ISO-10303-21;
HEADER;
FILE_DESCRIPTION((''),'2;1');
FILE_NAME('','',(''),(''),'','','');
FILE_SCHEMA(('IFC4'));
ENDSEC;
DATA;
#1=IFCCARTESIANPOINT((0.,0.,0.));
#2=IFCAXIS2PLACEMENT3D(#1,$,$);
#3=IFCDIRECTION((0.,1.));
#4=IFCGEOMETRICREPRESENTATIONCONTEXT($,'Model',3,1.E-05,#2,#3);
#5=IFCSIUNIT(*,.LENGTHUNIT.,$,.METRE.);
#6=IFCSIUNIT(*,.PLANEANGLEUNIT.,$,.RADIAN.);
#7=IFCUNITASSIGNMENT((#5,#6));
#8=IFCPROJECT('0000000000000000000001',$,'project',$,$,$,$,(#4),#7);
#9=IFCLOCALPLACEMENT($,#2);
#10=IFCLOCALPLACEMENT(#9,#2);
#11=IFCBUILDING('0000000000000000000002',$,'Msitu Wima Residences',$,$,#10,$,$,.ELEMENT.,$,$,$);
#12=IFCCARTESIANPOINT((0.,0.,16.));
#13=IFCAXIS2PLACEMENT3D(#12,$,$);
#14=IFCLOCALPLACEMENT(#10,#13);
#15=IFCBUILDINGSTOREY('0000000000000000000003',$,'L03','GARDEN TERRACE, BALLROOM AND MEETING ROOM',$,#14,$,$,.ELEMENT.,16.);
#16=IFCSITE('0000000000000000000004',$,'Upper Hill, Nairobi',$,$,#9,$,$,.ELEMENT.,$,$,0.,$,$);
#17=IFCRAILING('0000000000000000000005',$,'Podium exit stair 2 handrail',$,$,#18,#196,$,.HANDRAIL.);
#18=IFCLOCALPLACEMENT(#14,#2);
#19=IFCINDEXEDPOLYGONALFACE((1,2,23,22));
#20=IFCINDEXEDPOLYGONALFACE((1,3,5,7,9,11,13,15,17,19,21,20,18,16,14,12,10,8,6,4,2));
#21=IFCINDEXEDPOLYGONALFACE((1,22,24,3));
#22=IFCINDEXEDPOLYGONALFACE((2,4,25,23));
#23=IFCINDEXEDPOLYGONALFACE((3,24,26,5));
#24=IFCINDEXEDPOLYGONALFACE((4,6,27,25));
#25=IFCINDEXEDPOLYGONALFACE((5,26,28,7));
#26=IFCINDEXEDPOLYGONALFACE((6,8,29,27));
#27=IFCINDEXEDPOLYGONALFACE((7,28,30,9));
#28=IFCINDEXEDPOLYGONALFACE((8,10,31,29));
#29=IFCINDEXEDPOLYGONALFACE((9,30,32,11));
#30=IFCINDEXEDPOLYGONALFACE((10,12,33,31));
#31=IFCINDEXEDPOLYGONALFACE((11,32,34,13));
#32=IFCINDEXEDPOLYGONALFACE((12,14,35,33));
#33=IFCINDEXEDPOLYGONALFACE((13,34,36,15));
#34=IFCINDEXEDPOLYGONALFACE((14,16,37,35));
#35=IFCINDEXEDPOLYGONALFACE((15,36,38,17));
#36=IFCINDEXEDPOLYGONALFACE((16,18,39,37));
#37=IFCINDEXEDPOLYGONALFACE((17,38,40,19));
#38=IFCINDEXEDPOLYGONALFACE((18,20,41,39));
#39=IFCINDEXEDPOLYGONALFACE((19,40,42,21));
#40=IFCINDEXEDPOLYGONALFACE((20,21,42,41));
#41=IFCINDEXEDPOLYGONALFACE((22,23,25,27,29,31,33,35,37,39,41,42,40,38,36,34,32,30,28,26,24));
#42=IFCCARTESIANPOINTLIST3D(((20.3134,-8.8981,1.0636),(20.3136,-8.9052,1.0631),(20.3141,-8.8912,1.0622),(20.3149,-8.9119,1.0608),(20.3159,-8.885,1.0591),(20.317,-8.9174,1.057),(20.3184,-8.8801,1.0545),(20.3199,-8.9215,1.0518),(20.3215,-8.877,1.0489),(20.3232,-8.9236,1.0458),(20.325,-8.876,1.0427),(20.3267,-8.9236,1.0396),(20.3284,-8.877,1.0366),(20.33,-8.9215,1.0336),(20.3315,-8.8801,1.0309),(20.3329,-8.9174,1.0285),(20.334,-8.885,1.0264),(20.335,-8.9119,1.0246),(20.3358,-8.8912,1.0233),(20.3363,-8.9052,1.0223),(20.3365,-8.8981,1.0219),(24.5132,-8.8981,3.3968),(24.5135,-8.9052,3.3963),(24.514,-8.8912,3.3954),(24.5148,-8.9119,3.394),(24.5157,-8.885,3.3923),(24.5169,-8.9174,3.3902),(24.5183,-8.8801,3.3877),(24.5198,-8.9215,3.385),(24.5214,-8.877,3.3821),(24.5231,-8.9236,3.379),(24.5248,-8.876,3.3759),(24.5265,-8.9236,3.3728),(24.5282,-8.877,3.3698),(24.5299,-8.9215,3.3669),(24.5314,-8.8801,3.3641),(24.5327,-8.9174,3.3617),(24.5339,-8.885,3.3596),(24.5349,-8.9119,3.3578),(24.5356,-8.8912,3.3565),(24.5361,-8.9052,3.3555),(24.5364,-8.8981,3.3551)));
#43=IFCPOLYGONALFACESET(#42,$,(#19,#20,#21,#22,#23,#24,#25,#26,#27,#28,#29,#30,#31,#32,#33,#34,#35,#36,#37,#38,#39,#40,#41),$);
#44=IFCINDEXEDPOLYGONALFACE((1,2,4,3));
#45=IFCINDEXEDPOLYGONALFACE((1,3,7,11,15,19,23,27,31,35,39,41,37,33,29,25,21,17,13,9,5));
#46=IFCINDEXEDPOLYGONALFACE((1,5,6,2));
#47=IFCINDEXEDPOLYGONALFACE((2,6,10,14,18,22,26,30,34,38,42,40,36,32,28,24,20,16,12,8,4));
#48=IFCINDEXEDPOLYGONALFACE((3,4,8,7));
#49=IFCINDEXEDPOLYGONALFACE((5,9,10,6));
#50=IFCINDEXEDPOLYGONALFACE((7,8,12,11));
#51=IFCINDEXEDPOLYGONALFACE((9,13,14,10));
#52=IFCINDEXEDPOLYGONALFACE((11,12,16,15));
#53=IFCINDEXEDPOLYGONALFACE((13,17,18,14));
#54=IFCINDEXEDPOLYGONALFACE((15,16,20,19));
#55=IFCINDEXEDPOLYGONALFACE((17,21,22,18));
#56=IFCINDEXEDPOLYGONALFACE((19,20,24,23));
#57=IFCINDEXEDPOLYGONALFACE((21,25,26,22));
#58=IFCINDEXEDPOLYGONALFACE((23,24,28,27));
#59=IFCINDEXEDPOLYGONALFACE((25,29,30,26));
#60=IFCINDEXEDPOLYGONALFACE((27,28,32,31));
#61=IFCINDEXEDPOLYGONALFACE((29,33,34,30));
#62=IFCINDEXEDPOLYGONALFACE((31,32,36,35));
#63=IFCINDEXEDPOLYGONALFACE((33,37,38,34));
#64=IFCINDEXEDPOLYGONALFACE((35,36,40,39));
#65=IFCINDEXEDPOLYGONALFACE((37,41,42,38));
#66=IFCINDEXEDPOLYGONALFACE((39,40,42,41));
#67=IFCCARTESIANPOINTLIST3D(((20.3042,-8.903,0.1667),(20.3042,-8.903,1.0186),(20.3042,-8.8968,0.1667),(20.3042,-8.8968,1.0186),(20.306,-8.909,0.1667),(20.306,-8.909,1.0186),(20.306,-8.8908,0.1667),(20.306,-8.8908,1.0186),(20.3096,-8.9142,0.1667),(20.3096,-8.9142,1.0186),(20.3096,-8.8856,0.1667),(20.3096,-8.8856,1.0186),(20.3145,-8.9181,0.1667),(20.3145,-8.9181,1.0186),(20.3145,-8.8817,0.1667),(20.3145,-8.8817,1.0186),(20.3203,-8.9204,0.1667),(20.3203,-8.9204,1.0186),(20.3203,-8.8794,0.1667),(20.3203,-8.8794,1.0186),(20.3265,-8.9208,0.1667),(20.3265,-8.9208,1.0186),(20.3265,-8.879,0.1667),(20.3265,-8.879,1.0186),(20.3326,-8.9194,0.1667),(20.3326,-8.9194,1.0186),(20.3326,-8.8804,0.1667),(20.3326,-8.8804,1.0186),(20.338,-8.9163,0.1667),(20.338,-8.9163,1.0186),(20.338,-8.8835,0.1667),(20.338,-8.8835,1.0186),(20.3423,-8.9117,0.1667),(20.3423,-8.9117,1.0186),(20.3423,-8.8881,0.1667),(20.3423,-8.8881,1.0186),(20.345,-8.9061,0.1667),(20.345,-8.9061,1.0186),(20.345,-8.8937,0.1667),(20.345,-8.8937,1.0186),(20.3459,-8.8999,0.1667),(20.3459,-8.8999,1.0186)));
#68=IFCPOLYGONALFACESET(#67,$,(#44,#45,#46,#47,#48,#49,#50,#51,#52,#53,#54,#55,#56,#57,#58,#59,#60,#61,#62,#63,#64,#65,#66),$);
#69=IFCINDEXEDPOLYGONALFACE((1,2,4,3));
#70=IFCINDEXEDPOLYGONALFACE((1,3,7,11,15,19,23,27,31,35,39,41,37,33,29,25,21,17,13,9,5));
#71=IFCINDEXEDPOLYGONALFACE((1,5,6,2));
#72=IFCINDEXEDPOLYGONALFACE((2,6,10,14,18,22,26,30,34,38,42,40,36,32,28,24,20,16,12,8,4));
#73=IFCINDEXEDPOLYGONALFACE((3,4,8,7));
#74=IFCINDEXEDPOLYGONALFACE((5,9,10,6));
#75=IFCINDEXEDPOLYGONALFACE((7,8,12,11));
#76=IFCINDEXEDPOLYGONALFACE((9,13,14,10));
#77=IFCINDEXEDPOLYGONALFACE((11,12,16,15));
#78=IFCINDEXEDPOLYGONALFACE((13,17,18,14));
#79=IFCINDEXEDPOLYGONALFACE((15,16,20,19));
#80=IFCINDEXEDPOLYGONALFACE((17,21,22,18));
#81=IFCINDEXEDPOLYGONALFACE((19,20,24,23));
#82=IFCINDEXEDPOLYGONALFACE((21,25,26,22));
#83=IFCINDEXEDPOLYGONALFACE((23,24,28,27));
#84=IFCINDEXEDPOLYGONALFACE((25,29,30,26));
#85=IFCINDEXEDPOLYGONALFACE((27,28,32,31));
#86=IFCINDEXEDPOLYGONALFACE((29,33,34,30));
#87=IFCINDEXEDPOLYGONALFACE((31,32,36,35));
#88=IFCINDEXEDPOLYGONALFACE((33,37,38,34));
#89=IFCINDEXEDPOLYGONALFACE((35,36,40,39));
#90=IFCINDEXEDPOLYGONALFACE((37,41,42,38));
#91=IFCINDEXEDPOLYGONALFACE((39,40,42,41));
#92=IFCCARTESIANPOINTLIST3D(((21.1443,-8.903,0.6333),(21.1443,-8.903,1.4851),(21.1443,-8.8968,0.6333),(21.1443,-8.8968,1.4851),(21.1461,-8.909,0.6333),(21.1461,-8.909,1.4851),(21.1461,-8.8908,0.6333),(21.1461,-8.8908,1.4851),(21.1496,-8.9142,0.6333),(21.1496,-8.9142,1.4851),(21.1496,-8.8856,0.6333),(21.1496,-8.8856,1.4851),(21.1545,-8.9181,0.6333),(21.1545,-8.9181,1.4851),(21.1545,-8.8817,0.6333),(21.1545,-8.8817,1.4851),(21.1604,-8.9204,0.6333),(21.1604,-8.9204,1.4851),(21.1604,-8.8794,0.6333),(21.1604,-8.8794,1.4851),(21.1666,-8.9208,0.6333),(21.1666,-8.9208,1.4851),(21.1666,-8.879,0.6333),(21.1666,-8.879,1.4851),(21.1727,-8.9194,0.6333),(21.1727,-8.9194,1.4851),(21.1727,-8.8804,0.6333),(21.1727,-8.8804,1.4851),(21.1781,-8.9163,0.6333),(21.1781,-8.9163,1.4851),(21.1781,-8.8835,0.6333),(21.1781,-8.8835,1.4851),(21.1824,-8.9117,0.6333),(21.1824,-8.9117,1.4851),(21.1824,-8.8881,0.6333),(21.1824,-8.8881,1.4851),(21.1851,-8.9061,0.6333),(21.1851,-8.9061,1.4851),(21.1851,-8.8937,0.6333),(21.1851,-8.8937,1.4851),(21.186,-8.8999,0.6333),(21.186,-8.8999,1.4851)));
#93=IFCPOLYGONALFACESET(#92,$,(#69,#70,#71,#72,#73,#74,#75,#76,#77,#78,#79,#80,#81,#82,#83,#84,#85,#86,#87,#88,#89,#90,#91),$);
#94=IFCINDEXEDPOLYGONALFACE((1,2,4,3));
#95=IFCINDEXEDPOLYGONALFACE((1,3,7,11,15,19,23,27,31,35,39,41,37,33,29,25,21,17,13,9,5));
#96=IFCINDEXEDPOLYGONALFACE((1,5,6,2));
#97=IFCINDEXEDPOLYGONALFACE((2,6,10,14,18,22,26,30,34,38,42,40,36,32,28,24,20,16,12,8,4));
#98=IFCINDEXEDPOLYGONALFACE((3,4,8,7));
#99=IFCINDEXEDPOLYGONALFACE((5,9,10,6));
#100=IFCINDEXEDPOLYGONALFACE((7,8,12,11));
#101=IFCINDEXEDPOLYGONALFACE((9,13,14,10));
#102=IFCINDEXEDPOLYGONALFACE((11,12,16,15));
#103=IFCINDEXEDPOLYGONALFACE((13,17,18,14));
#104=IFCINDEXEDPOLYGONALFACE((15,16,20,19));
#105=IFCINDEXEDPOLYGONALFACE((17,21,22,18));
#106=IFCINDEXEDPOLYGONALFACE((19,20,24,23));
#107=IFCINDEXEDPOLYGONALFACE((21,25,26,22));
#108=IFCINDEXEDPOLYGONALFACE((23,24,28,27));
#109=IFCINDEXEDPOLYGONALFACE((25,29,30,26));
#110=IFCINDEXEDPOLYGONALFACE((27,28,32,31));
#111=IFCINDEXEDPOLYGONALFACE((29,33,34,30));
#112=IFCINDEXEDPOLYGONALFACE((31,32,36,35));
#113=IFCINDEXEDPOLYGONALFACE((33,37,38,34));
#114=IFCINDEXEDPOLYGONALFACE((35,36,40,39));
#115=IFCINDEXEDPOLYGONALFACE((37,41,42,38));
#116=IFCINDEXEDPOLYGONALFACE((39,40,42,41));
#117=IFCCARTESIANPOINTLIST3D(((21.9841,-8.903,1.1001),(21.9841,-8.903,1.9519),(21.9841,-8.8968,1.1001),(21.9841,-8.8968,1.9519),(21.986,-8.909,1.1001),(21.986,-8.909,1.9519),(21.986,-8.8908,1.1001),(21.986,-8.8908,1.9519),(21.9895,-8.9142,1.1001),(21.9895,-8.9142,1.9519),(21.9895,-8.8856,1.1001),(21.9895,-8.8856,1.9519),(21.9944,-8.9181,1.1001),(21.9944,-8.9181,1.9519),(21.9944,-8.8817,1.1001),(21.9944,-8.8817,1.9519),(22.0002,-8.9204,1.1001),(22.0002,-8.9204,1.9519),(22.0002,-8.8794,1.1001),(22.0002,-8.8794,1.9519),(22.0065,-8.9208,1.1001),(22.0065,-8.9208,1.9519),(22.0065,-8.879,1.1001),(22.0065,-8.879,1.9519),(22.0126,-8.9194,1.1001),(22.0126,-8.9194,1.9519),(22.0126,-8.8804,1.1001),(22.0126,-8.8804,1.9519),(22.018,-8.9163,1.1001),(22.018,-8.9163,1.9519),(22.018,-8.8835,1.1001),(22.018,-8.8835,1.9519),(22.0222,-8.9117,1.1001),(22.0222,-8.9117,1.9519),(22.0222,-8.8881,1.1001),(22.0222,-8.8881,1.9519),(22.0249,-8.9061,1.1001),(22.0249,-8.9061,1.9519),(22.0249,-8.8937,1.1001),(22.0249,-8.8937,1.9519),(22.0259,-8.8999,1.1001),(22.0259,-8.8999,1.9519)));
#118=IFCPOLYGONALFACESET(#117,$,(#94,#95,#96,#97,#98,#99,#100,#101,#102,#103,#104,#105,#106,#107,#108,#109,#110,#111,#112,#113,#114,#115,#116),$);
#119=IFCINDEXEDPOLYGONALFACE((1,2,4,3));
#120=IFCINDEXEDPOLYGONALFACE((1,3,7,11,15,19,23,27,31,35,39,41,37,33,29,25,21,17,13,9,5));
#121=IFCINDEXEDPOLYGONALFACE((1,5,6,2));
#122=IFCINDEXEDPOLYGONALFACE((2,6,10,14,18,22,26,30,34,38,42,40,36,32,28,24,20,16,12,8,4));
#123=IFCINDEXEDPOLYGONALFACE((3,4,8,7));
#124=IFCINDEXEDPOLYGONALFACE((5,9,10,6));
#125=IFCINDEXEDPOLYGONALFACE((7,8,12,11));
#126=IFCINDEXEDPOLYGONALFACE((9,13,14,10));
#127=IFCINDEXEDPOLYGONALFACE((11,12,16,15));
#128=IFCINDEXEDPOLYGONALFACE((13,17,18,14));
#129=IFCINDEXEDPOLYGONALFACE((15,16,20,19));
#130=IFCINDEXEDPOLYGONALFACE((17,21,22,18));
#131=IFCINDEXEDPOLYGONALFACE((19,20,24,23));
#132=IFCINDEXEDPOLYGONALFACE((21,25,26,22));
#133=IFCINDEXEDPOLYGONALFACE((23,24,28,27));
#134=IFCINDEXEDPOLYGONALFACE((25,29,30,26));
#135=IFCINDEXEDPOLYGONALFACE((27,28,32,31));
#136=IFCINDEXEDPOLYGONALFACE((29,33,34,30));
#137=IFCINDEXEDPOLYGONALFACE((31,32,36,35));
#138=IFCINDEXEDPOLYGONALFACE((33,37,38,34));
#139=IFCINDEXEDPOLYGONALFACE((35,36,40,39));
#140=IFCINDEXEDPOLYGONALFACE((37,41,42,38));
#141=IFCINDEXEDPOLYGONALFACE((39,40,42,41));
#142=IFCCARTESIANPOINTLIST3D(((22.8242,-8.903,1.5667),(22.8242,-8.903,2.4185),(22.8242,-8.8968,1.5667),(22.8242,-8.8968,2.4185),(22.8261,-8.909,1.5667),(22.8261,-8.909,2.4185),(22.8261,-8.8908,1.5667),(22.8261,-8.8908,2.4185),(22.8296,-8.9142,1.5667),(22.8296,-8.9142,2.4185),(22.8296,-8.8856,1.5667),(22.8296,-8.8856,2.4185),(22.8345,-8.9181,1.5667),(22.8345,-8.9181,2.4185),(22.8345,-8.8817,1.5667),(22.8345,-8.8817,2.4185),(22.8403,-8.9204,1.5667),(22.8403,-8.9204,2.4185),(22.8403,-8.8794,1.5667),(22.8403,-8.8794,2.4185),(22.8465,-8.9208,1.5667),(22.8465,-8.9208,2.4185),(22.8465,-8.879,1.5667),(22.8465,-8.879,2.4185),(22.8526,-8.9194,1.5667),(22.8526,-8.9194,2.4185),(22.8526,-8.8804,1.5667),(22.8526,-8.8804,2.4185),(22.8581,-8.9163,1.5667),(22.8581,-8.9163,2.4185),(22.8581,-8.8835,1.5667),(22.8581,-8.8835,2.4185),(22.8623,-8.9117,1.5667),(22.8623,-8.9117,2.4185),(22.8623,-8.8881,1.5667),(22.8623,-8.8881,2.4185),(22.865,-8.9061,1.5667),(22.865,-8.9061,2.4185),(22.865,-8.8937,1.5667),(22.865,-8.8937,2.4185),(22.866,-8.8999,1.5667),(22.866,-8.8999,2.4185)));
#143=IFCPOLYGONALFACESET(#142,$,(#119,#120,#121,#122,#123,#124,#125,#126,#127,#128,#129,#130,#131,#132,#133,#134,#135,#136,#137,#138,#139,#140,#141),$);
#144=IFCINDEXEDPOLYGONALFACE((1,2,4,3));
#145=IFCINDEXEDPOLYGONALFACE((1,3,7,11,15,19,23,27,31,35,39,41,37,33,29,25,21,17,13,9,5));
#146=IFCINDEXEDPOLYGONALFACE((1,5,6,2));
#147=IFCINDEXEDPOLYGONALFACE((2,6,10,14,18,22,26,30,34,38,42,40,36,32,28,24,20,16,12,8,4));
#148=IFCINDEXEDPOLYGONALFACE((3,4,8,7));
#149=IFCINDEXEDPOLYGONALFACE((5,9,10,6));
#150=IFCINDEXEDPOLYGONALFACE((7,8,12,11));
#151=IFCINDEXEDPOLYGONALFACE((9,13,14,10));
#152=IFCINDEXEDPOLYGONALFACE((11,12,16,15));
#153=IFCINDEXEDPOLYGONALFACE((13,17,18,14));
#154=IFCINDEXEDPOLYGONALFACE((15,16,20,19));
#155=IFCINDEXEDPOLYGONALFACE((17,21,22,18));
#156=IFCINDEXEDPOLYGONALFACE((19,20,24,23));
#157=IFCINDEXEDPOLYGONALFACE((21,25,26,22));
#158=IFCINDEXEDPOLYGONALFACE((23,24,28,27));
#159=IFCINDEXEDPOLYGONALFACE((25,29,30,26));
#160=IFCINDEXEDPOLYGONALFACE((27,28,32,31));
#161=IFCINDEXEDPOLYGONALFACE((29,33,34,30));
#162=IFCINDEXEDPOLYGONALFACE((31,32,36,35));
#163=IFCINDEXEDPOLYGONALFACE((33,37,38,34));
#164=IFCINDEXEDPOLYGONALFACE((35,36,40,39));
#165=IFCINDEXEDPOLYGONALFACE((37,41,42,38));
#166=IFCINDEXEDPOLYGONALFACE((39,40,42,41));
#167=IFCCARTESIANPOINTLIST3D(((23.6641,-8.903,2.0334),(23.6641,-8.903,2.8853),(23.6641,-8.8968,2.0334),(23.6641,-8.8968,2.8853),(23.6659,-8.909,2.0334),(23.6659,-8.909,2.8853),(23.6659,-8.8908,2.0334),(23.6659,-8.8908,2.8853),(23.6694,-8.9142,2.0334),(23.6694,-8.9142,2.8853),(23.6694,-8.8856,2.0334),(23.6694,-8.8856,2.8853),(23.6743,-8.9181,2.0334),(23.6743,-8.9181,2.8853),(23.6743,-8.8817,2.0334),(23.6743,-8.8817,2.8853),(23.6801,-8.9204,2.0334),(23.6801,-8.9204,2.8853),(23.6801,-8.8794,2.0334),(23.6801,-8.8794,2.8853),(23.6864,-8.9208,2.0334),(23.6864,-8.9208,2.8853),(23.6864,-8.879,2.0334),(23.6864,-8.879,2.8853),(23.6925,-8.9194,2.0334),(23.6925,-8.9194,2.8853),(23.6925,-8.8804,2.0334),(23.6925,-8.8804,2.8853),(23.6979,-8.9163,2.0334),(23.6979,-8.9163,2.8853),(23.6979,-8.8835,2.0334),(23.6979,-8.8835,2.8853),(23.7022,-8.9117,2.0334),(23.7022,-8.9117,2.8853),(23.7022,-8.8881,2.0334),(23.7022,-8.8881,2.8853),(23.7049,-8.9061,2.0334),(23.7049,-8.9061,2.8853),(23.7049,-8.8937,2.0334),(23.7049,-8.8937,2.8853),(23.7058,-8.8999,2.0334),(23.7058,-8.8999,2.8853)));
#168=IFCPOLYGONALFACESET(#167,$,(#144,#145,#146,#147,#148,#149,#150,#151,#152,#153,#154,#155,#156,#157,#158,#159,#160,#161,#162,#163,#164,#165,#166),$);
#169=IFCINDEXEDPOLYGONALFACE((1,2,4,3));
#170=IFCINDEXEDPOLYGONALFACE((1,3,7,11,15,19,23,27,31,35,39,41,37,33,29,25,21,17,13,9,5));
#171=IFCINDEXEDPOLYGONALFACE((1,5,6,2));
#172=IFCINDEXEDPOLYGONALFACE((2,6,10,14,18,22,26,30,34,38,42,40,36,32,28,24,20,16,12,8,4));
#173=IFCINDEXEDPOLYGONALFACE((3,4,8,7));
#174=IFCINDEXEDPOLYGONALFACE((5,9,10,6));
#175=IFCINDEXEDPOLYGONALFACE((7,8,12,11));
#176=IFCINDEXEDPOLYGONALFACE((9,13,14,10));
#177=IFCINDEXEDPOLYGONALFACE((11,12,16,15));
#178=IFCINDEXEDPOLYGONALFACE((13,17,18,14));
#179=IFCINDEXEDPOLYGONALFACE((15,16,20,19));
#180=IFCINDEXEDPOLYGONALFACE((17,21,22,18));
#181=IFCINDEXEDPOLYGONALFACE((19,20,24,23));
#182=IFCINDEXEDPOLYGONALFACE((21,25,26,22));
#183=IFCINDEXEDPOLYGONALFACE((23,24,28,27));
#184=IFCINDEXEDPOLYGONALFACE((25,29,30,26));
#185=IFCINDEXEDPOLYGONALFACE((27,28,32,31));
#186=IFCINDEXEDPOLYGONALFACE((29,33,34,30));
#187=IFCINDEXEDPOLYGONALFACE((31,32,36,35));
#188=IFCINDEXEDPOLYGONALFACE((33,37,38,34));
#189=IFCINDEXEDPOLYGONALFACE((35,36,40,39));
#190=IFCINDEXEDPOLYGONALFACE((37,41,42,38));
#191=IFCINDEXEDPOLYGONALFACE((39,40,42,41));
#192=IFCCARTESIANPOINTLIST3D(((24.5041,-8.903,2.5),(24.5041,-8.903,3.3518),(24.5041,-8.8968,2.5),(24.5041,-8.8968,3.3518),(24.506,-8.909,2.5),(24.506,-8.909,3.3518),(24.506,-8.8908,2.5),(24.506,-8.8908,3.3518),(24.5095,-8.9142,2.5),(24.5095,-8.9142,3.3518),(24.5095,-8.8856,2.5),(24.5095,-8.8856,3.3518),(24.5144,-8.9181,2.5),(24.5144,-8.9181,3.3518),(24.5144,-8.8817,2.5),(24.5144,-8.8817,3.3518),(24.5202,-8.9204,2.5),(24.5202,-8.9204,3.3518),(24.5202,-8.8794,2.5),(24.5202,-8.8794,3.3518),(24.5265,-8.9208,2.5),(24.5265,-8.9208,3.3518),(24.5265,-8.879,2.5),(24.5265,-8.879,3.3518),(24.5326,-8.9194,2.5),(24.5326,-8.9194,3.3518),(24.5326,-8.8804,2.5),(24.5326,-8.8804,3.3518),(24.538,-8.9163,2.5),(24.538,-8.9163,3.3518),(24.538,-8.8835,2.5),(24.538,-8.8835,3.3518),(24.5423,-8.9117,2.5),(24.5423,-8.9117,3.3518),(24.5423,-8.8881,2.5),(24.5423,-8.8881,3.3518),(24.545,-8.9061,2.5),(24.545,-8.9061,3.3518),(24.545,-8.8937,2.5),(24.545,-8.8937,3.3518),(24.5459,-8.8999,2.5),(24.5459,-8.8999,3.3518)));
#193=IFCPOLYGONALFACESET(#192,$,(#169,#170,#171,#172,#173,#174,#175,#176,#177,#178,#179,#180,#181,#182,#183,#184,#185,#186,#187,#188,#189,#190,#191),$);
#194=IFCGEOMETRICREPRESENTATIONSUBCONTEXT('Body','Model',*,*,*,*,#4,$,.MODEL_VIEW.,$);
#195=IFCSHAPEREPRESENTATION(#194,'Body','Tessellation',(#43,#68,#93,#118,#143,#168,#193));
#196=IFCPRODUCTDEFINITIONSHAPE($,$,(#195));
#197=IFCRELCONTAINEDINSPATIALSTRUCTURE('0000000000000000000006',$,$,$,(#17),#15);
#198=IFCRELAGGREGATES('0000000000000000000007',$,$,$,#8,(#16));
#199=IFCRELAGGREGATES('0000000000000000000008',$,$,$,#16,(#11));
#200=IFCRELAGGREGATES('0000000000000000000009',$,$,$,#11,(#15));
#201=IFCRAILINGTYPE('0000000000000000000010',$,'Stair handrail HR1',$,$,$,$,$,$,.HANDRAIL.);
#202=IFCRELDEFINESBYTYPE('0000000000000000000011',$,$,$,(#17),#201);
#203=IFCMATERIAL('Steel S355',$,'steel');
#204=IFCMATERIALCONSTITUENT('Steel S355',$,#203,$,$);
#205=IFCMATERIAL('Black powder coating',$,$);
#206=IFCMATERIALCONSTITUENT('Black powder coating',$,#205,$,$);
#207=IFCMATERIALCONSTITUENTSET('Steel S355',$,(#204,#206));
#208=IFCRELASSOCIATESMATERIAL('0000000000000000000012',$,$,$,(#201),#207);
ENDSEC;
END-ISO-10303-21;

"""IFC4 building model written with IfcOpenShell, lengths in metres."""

from ifc_helpers import new_model, si_unit, direction, frame, origin, origin_2d, place, context, subcontext, project, spatial, circle, extrude, material, constituent, constituent_set, type_object, element, save


model = new_model("IFC4")

# Units and contexts
model_context = context("Model", 3, precision=1e-05, world=origin(), true_north=direction((0.0, 1.0)))
body_context = subcontext(model_context, "Body", "Model", "MODEL_VIEW")
ifc_project = project(units=[si_unit("LENGTHUNIT", "METRE"), si_unit("PLANEANGLEUNIT", "RADIAN")], contexts=[model_context])

# Site, building, storey
site_placement = place(None, origin())
site = spatial("IfcSite", under=ifc_project, at=site_placement, Name="Upper Hill, Nairobi", CompositionType="ELEMENT", RefElevation=0.0)
building_placement = place(site_placement, origin())
building = spatial("IfcBuilding", under=site, at=building_placement, Name="Msitu Wima Residences", CompositionType="ELEMENT")
storey_placement = place(building_placement, frame((0.0, 0.0, 16.0)))
storey = spatial("IfcBuildingStorey", under=building, at=storey_placement, Name="L03", Description="GARDEN TERRACE, BALLROOM AND MEETING ROOM", CompositionType="ELEMENT", Elevation=16.0)

# Railing
ifc_material_1 = material(Name="Steel S355", Category="steel")
ifc_constituent_1 = constituent(ifc_material_1, Name="Steel S355")
ifc_material_2 = material(Name="Black powder coating")
ifc_constituent_2 = constituent(ifc_material_2, Name="Black powder coating")
ifc_constituent_set = constituent_set(constituents=[ifc_constituent_1, ifc_constituent_2], Name="Steel S355")
railing_type = type_object("IfcRailingType", Name="Stair handrail HR1", PredefinedType="HANDRAIL", material=ifc_constituent_set)
for number, where, name in (
    (1, (20.325, -8.8999, 0.1667), "Podium exit stair 2 handrail"),
):
    element("IfcRailing", number, at=place(storey_placement, frame(where)), inside=storey, type_object=railing_type, Name=name, PredefinedType="HANDRAIL", context=body_context, shape_type="SweptSolid", body=[
        extrude(circle(Radius=0.0239, at=origin_2d()), frame((0.0, 0.0, 0.876), z_axis=(0.874162, 0.0, 0.485634), x_axis=(0.0, 1.0, 0.0)), (0.0, 0.0, 1.0), 4.8044),
        extrude(circle(Radius=0.021, at=origin_2d()), origin(), (0.0, 0.0, 1.0), 0.8518),
        extrude(circle(Radius=0.021, at=origin_2d()), frame((0.8401, 0.0, 0.4666)), (0.0, 0.0, 1.0), 0.8518),
        extrude(circle(Radius=0.021, at=origin_2d()), frame((1.6799, 0.0, 0.9333)), (0.0, 0.0, 1.0), 0.8518),
        extrude(circle(Radius=0.021, at=origin_2d()), frame((2.52, 0.0, 1.3999)), (0.0, 0.0, 1.0), 0.8518),
        extrude(circle(Radius=0.021, at=origin_2d()), frame((3.3599, 0.0, 1.8667)), (0.0, 0.0, 1.0), 0.8518),
        extrude(circle(Radius=0.021, at=origin_2d()), frame((4.2, 0.0, 2.3333)), (0.0, 0.0, 1.0), 0.8518),
    ])

save(model, "model.ifc")
